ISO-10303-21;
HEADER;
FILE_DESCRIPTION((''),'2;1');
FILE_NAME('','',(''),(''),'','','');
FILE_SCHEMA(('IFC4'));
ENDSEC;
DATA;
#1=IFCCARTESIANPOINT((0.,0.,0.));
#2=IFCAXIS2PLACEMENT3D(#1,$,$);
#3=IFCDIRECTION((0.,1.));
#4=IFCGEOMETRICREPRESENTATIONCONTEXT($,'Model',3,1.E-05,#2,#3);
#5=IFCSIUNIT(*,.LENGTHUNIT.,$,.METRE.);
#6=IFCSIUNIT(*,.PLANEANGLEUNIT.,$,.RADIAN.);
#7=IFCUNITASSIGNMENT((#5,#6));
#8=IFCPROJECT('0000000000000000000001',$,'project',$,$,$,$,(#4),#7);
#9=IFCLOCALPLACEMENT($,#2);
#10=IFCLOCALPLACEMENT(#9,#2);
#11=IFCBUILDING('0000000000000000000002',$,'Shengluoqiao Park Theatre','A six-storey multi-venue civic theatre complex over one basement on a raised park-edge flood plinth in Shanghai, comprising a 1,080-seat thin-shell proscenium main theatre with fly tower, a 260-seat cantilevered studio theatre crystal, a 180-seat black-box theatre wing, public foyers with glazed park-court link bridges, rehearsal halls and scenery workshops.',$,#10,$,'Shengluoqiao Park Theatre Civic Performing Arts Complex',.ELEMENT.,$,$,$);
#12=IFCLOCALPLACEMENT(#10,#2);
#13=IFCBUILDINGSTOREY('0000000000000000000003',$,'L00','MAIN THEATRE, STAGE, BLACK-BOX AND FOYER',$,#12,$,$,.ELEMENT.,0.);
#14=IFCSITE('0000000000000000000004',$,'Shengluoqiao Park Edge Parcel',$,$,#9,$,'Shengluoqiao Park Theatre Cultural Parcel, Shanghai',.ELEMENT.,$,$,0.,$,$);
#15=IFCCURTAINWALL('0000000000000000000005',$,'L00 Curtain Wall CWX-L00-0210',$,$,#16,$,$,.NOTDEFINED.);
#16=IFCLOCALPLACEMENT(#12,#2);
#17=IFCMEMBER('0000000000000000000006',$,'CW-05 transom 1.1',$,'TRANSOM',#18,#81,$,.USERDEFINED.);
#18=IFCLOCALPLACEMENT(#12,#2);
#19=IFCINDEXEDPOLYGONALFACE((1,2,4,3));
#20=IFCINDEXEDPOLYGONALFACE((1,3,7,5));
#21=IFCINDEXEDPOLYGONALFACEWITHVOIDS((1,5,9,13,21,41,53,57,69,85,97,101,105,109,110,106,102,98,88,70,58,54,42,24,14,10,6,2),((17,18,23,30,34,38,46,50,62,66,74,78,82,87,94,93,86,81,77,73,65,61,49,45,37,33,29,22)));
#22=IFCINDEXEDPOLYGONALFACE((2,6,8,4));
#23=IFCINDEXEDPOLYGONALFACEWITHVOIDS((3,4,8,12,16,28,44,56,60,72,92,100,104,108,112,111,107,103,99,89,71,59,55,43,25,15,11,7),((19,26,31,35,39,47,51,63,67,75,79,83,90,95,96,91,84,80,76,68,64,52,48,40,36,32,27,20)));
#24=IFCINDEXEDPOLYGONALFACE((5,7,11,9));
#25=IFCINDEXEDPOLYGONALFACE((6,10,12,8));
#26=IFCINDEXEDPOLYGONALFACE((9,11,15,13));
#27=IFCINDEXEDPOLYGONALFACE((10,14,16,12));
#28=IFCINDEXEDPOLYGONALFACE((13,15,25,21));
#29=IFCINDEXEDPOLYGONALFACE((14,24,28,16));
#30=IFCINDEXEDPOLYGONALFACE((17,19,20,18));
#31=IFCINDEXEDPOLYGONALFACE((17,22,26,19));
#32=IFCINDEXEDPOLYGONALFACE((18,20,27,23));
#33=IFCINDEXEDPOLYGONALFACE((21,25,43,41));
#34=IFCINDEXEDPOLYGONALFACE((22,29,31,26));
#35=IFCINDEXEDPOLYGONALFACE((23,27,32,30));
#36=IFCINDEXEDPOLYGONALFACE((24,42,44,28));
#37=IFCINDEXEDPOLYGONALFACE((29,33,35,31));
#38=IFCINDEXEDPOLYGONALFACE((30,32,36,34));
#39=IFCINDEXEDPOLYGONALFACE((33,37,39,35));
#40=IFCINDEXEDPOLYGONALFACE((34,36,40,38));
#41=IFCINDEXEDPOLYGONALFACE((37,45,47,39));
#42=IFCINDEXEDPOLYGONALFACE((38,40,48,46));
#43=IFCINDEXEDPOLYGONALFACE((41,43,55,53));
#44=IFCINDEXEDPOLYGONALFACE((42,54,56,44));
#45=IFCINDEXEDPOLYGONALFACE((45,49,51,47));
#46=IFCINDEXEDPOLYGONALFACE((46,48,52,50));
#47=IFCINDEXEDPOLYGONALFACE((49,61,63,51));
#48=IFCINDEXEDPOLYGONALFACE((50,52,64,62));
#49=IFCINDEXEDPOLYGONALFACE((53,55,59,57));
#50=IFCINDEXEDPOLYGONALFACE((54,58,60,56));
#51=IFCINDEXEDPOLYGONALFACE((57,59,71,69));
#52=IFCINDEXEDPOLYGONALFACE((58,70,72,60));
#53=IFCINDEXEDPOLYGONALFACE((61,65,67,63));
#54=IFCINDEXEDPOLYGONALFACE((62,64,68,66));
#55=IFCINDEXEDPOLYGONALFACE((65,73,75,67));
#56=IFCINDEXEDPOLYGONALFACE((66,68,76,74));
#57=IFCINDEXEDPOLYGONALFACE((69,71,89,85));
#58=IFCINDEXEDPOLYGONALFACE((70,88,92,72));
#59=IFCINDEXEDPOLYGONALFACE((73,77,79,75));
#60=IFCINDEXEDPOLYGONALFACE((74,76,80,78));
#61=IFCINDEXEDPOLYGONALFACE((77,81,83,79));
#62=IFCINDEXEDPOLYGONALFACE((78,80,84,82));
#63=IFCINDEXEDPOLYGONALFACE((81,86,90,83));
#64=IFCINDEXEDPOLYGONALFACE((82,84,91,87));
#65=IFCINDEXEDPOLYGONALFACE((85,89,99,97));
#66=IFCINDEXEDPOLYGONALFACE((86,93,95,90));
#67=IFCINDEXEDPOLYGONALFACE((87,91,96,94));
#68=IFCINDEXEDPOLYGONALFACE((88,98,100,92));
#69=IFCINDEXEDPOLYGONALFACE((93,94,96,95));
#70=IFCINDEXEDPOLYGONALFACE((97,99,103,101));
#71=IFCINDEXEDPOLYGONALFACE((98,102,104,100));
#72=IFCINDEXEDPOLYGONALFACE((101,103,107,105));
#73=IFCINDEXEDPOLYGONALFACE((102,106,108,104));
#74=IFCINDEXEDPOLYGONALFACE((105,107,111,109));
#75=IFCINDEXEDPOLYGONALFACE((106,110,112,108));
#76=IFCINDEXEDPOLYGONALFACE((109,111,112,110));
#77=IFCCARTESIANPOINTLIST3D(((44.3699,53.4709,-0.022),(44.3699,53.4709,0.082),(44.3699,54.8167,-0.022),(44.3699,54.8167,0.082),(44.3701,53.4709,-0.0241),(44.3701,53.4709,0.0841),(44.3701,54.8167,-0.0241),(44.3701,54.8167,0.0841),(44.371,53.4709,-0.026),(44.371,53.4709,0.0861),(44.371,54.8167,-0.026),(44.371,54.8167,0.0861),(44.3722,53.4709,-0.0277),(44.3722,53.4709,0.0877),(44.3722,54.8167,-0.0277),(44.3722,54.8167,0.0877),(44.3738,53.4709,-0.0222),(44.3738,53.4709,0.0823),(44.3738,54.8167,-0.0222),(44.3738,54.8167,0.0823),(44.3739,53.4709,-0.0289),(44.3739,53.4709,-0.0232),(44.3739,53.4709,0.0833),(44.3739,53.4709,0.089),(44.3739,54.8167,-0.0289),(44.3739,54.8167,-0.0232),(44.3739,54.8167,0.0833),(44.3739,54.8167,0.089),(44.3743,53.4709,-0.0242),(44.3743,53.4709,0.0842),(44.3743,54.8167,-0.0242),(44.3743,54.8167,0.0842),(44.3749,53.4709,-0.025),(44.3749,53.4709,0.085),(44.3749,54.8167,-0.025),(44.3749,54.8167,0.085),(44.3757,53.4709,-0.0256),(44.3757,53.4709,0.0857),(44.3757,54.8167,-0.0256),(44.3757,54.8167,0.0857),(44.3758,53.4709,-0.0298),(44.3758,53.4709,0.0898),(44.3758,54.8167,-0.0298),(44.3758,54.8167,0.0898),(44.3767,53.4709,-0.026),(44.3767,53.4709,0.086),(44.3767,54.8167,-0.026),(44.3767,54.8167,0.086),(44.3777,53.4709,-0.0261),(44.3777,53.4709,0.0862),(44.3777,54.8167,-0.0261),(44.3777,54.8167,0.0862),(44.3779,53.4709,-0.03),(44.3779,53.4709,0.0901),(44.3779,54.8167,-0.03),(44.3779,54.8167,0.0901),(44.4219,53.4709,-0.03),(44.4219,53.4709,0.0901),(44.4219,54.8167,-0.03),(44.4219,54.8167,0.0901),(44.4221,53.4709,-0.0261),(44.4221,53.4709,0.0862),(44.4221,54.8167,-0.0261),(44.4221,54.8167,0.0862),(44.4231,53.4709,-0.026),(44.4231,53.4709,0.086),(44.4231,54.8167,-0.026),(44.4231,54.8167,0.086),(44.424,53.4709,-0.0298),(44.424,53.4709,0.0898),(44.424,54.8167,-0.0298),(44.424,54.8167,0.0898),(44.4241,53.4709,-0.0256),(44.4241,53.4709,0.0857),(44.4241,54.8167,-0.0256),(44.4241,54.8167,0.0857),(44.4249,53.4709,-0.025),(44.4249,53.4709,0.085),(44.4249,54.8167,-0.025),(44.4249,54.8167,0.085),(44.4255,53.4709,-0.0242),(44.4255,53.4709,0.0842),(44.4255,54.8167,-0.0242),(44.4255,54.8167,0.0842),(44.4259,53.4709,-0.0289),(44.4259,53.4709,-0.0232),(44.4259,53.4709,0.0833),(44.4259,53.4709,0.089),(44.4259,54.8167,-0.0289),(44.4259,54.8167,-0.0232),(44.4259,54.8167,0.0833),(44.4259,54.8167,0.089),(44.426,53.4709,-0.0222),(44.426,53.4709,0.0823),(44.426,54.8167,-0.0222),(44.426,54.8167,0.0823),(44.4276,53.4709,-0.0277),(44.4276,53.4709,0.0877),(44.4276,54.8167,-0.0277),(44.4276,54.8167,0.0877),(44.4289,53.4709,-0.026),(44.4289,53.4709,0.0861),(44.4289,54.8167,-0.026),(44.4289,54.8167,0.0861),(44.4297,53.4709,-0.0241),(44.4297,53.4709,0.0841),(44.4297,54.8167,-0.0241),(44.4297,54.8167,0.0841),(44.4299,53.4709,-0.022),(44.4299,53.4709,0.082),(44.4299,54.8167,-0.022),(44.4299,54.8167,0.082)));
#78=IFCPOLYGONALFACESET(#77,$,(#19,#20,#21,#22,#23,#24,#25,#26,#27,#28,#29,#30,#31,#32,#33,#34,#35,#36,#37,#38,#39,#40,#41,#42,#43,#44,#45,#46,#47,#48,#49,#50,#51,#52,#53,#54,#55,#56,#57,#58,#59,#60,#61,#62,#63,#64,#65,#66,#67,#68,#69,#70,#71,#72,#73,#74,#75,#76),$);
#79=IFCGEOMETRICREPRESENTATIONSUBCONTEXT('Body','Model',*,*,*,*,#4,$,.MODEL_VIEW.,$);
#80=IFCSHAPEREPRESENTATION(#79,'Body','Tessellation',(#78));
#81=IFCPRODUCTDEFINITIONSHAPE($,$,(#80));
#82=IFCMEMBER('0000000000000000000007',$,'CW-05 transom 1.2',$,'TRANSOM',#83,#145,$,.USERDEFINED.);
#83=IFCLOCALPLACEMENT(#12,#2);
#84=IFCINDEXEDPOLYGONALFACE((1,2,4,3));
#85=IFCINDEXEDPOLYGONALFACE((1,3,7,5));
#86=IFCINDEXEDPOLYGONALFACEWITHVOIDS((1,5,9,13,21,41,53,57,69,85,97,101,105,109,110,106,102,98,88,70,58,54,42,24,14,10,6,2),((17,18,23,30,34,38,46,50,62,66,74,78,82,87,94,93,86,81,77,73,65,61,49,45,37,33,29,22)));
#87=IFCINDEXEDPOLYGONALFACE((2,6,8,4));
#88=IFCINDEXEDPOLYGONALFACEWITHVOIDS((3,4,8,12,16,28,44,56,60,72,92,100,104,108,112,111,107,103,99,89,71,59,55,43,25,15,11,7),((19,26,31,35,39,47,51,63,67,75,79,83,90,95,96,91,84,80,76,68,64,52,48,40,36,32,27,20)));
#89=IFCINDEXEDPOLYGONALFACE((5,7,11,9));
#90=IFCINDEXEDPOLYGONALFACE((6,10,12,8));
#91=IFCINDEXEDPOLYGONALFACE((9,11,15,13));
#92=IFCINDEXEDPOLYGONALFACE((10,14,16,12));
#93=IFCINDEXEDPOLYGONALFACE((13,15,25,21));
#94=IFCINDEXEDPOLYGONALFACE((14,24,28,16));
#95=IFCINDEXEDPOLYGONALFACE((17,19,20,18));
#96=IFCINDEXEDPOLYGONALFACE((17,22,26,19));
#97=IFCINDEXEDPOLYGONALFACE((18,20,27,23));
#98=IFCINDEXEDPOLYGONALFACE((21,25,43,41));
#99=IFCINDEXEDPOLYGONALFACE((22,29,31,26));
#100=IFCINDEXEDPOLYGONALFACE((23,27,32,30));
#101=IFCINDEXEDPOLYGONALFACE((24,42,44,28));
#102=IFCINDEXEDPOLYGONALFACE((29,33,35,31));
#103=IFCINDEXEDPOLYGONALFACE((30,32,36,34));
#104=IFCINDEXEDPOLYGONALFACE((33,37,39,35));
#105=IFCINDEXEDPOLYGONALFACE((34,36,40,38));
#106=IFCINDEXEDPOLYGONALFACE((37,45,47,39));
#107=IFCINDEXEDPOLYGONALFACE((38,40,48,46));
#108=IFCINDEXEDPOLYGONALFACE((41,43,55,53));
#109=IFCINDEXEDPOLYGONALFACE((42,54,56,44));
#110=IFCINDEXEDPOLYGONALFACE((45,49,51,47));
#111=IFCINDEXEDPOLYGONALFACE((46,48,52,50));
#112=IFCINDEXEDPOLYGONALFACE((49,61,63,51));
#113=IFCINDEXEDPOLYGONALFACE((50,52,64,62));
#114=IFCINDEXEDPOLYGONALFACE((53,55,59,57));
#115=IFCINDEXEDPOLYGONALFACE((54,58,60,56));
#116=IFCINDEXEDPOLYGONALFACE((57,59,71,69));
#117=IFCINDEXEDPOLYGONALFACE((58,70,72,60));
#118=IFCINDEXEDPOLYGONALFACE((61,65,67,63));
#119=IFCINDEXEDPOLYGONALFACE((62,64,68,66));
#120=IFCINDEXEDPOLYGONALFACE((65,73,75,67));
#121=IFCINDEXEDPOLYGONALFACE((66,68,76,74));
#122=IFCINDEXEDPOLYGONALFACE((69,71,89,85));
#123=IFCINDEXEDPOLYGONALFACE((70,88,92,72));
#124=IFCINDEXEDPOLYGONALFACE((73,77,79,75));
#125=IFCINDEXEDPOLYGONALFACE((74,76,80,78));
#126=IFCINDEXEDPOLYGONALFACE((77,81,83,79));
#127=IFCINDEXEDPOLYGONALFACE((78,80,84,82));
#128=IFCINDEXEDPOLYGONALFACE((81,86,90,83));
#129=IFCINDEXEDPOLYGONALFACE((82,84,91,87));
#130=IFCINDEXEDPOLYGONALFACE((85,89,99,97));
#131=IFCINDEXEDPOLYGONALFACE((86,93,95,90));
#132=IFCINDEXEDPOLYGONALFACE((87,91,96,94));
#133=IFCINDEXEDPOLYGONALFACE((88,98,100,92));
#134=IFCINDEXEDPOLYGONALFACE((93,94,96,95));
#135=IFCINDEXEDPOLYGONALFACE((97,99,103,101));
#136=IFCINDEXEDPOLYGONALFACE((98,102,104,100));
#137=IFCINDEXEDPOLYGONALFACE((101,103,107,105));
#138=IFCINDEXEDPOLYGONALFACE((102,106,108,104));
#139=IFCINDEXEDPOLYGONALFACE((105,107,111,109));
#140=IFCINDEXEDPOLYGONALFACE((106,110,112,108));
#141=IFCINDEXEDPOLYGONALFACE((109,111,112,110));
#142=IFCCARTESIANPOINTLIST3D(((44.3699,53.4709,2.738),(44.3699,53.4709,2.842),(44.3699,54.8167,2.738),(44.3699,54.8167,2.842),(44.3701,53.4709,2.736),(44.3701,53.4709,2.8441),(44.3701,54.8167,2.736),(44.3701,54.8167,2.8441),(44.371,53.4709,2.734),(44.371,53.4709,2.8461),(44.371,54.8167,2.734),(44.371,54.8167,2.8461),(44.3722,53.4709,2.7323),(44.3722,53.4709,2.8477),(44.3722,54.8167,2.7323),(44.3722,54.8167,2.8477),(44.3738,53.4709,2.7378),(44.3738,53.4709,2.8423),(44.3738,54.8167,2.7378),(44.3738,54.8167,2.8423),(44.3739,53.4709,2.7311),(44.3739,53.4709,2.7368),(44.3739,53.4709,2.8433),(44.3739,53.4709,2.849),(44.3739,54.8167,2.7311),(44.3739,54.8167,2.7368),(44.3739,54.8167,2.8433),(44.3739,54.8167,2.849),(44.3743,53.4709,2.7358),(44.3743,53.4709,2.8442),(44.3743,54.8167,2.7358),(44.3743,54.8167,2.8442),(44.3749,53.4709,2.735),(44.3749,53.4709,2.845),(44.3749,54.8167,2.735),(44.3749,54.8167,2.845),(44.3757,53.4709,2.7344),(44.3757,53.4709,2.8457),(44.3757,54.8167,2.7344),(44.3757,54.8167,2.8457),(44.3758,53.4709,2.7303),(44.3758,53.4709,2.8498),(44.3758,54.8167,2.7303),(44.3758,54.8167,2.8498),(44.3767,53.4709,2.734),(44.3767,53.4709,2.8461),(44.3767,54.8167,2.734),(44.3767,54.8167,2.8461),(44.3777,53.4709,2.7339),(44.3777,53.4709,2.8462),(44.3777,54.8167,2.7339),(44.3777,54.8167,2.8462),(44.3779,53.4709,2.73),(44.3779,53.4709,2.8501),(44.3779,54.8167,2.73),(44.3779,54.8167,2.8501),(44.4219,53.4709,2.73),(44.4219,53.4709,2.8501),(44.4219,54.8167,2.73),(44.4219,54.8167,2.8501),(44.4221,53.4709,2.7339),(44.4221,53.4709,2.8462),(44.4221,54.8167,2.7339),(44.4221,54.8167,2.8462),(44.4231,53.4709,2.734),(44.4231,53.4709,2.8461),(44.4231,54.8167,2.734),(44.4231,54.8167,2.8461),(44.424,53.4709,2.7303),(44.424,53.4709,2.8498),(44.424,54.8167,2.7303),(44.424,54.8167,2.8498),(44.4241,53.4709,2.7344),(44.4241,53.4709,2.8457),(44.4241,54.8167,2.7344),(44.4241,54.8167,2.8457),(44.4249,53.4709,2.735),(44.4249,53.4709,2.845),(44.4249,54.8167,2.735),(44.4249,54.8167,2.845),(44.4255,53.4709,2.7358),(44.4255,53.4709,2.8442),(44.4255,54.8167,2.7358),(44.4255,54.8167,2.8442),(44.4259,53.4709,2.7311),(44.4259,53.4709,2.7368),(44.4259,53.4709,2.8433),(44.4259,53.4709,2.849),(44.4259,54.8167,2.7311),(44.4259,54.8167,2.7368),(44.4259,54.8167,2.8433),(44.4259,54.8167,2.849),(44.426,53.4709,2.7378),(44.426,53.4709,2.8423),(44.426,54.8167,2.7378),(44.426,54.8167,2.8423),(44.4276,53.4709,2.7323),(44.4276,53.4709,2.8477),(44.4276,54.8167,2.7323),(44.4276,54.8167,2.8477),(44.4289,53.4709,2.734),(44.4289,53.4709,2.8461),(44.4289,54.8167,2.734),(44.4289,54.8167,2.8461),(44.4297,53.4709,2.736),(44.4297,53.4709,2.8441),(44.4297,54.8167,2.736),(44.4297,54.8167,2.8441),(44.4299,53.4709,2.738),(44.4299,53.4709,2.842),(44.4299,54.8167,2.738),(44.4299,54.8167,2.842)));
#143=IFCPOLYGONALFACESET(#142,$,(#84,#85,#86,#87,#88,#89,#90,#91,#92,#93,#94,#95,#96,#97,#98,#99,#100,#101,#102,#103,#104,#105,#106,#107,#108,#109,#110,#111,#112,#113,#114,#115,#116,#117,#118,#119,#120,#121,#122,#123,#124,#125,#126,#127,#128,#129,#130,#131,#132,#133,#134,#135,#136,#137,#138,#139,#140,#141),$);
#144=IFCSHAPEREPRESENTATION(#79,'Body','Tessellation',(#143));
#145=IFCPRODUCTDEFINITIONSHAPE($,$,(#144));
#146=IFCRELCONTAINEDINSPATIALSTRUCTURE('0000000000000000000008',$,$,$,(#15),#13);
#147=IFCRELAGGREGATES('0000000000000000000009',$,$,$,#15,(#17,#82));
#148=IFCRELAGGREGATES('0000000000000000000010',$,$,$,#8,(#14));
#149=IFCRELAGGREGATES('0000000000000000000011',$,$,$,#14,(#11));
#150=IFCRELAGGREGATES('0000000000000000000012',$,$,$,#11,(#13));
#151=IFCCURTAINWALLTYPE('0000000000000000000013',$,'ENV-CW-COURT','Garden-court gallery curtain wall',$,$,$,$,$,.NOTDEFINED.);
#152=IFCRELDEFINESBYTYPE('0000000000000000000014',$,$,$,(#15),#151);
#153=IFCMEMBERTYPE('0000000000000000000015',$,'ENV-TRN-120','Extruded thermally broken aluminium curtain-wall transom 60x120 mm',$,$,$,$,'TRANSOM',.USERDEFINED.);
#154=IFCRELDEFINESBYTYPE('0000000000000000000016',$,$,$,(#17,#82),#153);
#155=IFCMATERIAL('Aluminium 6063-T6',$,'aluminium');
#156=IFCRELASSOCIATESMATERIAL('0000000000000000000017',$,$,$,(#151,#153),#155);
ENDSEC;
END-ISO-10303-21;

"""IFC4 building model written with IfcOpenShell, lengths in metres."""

from ifc_helpers import new_model, si_unit, direction, frame, origin, origin_2d, place, context, subcontext, project, spatial, hollow_rectangle, extrude, material, material_profile, profile_set, type_object, element, aggregate, save


model = new_model("IFC4")

# Units and contexts
model_context = context("Model", 3, precision=1e-05, world=origin(), true_north=direction((0.0, 1.0)))
body_context = subcontext(model_context, "Body", "Model", "MODEL_VIEW")
ifc_project = project(units=[si_unit("LENGTHUNIT", "METRE"), si_unit("PLANEANGLEUNIT", "RADIAN")], contexts=[model_context])

# Site, building, storey
site_placement = place(None, origin())
site = spatial("IfcSite", under=ifc_project, at=site_placement, Name="Shengluoqiao Park Edge Parcel", LongName="Shengluoqiao Park Theatre Cultural Parcel, Shanghai", CompositionType="ELEMENT", RefElevation=0.0)
building_placement = place(site_placement, origin())
building = spatial("IfcBuilding", under=site, at=building_placement, Name="Shengluoqiao Park Theatre", Description="A six-storey multi-venue civic theatre complex over one basement on a raised park-edge flood plinth in Shanghai, comprising a 1,080-seat thin-shell proscenium main theatre with fly tower, a 260-seat cantilevered studio theatre crystal, a 180-seat black-box theatre wing, public foyers with glazed park-court link bridges, rehearsal halls and scenery workshops.", LongName="Shengluoqiao Park Theatre Civic Performing Arts Complex", CompositionType="ELEMENT")
storey_placement = place(building_placement, origin())
storey = spatial("IfcBuildingStorey", under=building, at=storey_placement, Name="L00", Description="MAIN THEATRE, STAGE, BLACK-BOX AND FOYER", CompositionType="ELEMENT", Elevation=0.0)

# Shared definitions
ifc_material_1 = material(Name="Aluminium 6063-T6", Category="aluminium")

# Curtain wall
curtain_wall_type_1 = type_object("IfcCurtainWallType", Name="ENV-CW-COURT", Description="Garden-court gallery curtain wall", PredefinedType="NOTDEFINED", material=ifc_material_1)
curtain_wall_1_placement = place(storey_placement, origin())
curtain_wall_1 = element("IfcCurtainWall", 1, at=curtain_wall_1_placement, inside=storey, type_object=curtain_wall_type_1, Name="L00 Curtain Wall CWX-L00-0210", PredefinedType="NOTDEFINED")

# Members
ifc_material_profile_1 = material_profile(ifc_material_1, hollow_rectangle(XDim=0.0601, YDim=0.1201, WallThickness=0.0039, InnerFilletRadius=0.0039, OuterFilletRadius=0.0081, at=origin_2d()), Name="ALU TRANSOM 120x60x4")
ifc_profile_set_1 = profile_set([ifc_material_profile_1], Name="Aluminium 6063-T6")
member_type_1 = type_object("IfcMemberType", Name="ENV-TRN-120", Description="Extruded thermally broken aluminium curtain-wall transom 60x120 mm", ElementType="TRANSOM", PredefinedType="USERDEFINED", material=ifc_profile_set_1)
member_1_placement = place(storey_placement, frame((44.3999, 53.4709, 0.03), z_axis=(0.0, 1.0, 0.0), x_axis=(-1.0, 0.0, 0.0)))
member_1 = element("IfcMember", 2, at=member_1_placement, type_object=member_type_1, Name="CW-05 transom 1.1", ObjectType="TRANSOM", PredefinedType="USERDEFINED", context=body_context, shape_type="SweptSolid", body=[
    extrude(hollow_rectangle(XDim=0.0601, YDim=0.1201, WallThickness=0.0039, InnerFilletRadius=0.0039, OuterFilletRadius=0.0081, at=origin_2d()), origin(), (0.0, 0.0, 1.0), 1.3457),
])
member_2_placement = place(storey_placement, frame((44.3999, 53.4709, 2.79), z_axis=(0.0, 1.0, 0.0), x_axis=(-1.0, 0.0, 0.0)))
member_2 = element("IfcMember", 3, at=member_2_placement, type_object=member_type_1, Name="CW-05 transom 1.2", ObjectType="TRANSOM", PredefinedType="USERDEFINED", context=body_context, shape_type="SweptSolid", body=[
    extrude(hollow_rectangle(XDim=0.0601, YDim=0.1201, WallThickness=0.0039, InnerFilletRadius=0.0039, OuterFilletRadius=0.0081, at=origin_2d()), origin(), (0.0, 0.0, 1.0), 1.3457),
])
aggregate(curtain_wall_1, [member_1, member_2])

save(model, "model.ifc")
